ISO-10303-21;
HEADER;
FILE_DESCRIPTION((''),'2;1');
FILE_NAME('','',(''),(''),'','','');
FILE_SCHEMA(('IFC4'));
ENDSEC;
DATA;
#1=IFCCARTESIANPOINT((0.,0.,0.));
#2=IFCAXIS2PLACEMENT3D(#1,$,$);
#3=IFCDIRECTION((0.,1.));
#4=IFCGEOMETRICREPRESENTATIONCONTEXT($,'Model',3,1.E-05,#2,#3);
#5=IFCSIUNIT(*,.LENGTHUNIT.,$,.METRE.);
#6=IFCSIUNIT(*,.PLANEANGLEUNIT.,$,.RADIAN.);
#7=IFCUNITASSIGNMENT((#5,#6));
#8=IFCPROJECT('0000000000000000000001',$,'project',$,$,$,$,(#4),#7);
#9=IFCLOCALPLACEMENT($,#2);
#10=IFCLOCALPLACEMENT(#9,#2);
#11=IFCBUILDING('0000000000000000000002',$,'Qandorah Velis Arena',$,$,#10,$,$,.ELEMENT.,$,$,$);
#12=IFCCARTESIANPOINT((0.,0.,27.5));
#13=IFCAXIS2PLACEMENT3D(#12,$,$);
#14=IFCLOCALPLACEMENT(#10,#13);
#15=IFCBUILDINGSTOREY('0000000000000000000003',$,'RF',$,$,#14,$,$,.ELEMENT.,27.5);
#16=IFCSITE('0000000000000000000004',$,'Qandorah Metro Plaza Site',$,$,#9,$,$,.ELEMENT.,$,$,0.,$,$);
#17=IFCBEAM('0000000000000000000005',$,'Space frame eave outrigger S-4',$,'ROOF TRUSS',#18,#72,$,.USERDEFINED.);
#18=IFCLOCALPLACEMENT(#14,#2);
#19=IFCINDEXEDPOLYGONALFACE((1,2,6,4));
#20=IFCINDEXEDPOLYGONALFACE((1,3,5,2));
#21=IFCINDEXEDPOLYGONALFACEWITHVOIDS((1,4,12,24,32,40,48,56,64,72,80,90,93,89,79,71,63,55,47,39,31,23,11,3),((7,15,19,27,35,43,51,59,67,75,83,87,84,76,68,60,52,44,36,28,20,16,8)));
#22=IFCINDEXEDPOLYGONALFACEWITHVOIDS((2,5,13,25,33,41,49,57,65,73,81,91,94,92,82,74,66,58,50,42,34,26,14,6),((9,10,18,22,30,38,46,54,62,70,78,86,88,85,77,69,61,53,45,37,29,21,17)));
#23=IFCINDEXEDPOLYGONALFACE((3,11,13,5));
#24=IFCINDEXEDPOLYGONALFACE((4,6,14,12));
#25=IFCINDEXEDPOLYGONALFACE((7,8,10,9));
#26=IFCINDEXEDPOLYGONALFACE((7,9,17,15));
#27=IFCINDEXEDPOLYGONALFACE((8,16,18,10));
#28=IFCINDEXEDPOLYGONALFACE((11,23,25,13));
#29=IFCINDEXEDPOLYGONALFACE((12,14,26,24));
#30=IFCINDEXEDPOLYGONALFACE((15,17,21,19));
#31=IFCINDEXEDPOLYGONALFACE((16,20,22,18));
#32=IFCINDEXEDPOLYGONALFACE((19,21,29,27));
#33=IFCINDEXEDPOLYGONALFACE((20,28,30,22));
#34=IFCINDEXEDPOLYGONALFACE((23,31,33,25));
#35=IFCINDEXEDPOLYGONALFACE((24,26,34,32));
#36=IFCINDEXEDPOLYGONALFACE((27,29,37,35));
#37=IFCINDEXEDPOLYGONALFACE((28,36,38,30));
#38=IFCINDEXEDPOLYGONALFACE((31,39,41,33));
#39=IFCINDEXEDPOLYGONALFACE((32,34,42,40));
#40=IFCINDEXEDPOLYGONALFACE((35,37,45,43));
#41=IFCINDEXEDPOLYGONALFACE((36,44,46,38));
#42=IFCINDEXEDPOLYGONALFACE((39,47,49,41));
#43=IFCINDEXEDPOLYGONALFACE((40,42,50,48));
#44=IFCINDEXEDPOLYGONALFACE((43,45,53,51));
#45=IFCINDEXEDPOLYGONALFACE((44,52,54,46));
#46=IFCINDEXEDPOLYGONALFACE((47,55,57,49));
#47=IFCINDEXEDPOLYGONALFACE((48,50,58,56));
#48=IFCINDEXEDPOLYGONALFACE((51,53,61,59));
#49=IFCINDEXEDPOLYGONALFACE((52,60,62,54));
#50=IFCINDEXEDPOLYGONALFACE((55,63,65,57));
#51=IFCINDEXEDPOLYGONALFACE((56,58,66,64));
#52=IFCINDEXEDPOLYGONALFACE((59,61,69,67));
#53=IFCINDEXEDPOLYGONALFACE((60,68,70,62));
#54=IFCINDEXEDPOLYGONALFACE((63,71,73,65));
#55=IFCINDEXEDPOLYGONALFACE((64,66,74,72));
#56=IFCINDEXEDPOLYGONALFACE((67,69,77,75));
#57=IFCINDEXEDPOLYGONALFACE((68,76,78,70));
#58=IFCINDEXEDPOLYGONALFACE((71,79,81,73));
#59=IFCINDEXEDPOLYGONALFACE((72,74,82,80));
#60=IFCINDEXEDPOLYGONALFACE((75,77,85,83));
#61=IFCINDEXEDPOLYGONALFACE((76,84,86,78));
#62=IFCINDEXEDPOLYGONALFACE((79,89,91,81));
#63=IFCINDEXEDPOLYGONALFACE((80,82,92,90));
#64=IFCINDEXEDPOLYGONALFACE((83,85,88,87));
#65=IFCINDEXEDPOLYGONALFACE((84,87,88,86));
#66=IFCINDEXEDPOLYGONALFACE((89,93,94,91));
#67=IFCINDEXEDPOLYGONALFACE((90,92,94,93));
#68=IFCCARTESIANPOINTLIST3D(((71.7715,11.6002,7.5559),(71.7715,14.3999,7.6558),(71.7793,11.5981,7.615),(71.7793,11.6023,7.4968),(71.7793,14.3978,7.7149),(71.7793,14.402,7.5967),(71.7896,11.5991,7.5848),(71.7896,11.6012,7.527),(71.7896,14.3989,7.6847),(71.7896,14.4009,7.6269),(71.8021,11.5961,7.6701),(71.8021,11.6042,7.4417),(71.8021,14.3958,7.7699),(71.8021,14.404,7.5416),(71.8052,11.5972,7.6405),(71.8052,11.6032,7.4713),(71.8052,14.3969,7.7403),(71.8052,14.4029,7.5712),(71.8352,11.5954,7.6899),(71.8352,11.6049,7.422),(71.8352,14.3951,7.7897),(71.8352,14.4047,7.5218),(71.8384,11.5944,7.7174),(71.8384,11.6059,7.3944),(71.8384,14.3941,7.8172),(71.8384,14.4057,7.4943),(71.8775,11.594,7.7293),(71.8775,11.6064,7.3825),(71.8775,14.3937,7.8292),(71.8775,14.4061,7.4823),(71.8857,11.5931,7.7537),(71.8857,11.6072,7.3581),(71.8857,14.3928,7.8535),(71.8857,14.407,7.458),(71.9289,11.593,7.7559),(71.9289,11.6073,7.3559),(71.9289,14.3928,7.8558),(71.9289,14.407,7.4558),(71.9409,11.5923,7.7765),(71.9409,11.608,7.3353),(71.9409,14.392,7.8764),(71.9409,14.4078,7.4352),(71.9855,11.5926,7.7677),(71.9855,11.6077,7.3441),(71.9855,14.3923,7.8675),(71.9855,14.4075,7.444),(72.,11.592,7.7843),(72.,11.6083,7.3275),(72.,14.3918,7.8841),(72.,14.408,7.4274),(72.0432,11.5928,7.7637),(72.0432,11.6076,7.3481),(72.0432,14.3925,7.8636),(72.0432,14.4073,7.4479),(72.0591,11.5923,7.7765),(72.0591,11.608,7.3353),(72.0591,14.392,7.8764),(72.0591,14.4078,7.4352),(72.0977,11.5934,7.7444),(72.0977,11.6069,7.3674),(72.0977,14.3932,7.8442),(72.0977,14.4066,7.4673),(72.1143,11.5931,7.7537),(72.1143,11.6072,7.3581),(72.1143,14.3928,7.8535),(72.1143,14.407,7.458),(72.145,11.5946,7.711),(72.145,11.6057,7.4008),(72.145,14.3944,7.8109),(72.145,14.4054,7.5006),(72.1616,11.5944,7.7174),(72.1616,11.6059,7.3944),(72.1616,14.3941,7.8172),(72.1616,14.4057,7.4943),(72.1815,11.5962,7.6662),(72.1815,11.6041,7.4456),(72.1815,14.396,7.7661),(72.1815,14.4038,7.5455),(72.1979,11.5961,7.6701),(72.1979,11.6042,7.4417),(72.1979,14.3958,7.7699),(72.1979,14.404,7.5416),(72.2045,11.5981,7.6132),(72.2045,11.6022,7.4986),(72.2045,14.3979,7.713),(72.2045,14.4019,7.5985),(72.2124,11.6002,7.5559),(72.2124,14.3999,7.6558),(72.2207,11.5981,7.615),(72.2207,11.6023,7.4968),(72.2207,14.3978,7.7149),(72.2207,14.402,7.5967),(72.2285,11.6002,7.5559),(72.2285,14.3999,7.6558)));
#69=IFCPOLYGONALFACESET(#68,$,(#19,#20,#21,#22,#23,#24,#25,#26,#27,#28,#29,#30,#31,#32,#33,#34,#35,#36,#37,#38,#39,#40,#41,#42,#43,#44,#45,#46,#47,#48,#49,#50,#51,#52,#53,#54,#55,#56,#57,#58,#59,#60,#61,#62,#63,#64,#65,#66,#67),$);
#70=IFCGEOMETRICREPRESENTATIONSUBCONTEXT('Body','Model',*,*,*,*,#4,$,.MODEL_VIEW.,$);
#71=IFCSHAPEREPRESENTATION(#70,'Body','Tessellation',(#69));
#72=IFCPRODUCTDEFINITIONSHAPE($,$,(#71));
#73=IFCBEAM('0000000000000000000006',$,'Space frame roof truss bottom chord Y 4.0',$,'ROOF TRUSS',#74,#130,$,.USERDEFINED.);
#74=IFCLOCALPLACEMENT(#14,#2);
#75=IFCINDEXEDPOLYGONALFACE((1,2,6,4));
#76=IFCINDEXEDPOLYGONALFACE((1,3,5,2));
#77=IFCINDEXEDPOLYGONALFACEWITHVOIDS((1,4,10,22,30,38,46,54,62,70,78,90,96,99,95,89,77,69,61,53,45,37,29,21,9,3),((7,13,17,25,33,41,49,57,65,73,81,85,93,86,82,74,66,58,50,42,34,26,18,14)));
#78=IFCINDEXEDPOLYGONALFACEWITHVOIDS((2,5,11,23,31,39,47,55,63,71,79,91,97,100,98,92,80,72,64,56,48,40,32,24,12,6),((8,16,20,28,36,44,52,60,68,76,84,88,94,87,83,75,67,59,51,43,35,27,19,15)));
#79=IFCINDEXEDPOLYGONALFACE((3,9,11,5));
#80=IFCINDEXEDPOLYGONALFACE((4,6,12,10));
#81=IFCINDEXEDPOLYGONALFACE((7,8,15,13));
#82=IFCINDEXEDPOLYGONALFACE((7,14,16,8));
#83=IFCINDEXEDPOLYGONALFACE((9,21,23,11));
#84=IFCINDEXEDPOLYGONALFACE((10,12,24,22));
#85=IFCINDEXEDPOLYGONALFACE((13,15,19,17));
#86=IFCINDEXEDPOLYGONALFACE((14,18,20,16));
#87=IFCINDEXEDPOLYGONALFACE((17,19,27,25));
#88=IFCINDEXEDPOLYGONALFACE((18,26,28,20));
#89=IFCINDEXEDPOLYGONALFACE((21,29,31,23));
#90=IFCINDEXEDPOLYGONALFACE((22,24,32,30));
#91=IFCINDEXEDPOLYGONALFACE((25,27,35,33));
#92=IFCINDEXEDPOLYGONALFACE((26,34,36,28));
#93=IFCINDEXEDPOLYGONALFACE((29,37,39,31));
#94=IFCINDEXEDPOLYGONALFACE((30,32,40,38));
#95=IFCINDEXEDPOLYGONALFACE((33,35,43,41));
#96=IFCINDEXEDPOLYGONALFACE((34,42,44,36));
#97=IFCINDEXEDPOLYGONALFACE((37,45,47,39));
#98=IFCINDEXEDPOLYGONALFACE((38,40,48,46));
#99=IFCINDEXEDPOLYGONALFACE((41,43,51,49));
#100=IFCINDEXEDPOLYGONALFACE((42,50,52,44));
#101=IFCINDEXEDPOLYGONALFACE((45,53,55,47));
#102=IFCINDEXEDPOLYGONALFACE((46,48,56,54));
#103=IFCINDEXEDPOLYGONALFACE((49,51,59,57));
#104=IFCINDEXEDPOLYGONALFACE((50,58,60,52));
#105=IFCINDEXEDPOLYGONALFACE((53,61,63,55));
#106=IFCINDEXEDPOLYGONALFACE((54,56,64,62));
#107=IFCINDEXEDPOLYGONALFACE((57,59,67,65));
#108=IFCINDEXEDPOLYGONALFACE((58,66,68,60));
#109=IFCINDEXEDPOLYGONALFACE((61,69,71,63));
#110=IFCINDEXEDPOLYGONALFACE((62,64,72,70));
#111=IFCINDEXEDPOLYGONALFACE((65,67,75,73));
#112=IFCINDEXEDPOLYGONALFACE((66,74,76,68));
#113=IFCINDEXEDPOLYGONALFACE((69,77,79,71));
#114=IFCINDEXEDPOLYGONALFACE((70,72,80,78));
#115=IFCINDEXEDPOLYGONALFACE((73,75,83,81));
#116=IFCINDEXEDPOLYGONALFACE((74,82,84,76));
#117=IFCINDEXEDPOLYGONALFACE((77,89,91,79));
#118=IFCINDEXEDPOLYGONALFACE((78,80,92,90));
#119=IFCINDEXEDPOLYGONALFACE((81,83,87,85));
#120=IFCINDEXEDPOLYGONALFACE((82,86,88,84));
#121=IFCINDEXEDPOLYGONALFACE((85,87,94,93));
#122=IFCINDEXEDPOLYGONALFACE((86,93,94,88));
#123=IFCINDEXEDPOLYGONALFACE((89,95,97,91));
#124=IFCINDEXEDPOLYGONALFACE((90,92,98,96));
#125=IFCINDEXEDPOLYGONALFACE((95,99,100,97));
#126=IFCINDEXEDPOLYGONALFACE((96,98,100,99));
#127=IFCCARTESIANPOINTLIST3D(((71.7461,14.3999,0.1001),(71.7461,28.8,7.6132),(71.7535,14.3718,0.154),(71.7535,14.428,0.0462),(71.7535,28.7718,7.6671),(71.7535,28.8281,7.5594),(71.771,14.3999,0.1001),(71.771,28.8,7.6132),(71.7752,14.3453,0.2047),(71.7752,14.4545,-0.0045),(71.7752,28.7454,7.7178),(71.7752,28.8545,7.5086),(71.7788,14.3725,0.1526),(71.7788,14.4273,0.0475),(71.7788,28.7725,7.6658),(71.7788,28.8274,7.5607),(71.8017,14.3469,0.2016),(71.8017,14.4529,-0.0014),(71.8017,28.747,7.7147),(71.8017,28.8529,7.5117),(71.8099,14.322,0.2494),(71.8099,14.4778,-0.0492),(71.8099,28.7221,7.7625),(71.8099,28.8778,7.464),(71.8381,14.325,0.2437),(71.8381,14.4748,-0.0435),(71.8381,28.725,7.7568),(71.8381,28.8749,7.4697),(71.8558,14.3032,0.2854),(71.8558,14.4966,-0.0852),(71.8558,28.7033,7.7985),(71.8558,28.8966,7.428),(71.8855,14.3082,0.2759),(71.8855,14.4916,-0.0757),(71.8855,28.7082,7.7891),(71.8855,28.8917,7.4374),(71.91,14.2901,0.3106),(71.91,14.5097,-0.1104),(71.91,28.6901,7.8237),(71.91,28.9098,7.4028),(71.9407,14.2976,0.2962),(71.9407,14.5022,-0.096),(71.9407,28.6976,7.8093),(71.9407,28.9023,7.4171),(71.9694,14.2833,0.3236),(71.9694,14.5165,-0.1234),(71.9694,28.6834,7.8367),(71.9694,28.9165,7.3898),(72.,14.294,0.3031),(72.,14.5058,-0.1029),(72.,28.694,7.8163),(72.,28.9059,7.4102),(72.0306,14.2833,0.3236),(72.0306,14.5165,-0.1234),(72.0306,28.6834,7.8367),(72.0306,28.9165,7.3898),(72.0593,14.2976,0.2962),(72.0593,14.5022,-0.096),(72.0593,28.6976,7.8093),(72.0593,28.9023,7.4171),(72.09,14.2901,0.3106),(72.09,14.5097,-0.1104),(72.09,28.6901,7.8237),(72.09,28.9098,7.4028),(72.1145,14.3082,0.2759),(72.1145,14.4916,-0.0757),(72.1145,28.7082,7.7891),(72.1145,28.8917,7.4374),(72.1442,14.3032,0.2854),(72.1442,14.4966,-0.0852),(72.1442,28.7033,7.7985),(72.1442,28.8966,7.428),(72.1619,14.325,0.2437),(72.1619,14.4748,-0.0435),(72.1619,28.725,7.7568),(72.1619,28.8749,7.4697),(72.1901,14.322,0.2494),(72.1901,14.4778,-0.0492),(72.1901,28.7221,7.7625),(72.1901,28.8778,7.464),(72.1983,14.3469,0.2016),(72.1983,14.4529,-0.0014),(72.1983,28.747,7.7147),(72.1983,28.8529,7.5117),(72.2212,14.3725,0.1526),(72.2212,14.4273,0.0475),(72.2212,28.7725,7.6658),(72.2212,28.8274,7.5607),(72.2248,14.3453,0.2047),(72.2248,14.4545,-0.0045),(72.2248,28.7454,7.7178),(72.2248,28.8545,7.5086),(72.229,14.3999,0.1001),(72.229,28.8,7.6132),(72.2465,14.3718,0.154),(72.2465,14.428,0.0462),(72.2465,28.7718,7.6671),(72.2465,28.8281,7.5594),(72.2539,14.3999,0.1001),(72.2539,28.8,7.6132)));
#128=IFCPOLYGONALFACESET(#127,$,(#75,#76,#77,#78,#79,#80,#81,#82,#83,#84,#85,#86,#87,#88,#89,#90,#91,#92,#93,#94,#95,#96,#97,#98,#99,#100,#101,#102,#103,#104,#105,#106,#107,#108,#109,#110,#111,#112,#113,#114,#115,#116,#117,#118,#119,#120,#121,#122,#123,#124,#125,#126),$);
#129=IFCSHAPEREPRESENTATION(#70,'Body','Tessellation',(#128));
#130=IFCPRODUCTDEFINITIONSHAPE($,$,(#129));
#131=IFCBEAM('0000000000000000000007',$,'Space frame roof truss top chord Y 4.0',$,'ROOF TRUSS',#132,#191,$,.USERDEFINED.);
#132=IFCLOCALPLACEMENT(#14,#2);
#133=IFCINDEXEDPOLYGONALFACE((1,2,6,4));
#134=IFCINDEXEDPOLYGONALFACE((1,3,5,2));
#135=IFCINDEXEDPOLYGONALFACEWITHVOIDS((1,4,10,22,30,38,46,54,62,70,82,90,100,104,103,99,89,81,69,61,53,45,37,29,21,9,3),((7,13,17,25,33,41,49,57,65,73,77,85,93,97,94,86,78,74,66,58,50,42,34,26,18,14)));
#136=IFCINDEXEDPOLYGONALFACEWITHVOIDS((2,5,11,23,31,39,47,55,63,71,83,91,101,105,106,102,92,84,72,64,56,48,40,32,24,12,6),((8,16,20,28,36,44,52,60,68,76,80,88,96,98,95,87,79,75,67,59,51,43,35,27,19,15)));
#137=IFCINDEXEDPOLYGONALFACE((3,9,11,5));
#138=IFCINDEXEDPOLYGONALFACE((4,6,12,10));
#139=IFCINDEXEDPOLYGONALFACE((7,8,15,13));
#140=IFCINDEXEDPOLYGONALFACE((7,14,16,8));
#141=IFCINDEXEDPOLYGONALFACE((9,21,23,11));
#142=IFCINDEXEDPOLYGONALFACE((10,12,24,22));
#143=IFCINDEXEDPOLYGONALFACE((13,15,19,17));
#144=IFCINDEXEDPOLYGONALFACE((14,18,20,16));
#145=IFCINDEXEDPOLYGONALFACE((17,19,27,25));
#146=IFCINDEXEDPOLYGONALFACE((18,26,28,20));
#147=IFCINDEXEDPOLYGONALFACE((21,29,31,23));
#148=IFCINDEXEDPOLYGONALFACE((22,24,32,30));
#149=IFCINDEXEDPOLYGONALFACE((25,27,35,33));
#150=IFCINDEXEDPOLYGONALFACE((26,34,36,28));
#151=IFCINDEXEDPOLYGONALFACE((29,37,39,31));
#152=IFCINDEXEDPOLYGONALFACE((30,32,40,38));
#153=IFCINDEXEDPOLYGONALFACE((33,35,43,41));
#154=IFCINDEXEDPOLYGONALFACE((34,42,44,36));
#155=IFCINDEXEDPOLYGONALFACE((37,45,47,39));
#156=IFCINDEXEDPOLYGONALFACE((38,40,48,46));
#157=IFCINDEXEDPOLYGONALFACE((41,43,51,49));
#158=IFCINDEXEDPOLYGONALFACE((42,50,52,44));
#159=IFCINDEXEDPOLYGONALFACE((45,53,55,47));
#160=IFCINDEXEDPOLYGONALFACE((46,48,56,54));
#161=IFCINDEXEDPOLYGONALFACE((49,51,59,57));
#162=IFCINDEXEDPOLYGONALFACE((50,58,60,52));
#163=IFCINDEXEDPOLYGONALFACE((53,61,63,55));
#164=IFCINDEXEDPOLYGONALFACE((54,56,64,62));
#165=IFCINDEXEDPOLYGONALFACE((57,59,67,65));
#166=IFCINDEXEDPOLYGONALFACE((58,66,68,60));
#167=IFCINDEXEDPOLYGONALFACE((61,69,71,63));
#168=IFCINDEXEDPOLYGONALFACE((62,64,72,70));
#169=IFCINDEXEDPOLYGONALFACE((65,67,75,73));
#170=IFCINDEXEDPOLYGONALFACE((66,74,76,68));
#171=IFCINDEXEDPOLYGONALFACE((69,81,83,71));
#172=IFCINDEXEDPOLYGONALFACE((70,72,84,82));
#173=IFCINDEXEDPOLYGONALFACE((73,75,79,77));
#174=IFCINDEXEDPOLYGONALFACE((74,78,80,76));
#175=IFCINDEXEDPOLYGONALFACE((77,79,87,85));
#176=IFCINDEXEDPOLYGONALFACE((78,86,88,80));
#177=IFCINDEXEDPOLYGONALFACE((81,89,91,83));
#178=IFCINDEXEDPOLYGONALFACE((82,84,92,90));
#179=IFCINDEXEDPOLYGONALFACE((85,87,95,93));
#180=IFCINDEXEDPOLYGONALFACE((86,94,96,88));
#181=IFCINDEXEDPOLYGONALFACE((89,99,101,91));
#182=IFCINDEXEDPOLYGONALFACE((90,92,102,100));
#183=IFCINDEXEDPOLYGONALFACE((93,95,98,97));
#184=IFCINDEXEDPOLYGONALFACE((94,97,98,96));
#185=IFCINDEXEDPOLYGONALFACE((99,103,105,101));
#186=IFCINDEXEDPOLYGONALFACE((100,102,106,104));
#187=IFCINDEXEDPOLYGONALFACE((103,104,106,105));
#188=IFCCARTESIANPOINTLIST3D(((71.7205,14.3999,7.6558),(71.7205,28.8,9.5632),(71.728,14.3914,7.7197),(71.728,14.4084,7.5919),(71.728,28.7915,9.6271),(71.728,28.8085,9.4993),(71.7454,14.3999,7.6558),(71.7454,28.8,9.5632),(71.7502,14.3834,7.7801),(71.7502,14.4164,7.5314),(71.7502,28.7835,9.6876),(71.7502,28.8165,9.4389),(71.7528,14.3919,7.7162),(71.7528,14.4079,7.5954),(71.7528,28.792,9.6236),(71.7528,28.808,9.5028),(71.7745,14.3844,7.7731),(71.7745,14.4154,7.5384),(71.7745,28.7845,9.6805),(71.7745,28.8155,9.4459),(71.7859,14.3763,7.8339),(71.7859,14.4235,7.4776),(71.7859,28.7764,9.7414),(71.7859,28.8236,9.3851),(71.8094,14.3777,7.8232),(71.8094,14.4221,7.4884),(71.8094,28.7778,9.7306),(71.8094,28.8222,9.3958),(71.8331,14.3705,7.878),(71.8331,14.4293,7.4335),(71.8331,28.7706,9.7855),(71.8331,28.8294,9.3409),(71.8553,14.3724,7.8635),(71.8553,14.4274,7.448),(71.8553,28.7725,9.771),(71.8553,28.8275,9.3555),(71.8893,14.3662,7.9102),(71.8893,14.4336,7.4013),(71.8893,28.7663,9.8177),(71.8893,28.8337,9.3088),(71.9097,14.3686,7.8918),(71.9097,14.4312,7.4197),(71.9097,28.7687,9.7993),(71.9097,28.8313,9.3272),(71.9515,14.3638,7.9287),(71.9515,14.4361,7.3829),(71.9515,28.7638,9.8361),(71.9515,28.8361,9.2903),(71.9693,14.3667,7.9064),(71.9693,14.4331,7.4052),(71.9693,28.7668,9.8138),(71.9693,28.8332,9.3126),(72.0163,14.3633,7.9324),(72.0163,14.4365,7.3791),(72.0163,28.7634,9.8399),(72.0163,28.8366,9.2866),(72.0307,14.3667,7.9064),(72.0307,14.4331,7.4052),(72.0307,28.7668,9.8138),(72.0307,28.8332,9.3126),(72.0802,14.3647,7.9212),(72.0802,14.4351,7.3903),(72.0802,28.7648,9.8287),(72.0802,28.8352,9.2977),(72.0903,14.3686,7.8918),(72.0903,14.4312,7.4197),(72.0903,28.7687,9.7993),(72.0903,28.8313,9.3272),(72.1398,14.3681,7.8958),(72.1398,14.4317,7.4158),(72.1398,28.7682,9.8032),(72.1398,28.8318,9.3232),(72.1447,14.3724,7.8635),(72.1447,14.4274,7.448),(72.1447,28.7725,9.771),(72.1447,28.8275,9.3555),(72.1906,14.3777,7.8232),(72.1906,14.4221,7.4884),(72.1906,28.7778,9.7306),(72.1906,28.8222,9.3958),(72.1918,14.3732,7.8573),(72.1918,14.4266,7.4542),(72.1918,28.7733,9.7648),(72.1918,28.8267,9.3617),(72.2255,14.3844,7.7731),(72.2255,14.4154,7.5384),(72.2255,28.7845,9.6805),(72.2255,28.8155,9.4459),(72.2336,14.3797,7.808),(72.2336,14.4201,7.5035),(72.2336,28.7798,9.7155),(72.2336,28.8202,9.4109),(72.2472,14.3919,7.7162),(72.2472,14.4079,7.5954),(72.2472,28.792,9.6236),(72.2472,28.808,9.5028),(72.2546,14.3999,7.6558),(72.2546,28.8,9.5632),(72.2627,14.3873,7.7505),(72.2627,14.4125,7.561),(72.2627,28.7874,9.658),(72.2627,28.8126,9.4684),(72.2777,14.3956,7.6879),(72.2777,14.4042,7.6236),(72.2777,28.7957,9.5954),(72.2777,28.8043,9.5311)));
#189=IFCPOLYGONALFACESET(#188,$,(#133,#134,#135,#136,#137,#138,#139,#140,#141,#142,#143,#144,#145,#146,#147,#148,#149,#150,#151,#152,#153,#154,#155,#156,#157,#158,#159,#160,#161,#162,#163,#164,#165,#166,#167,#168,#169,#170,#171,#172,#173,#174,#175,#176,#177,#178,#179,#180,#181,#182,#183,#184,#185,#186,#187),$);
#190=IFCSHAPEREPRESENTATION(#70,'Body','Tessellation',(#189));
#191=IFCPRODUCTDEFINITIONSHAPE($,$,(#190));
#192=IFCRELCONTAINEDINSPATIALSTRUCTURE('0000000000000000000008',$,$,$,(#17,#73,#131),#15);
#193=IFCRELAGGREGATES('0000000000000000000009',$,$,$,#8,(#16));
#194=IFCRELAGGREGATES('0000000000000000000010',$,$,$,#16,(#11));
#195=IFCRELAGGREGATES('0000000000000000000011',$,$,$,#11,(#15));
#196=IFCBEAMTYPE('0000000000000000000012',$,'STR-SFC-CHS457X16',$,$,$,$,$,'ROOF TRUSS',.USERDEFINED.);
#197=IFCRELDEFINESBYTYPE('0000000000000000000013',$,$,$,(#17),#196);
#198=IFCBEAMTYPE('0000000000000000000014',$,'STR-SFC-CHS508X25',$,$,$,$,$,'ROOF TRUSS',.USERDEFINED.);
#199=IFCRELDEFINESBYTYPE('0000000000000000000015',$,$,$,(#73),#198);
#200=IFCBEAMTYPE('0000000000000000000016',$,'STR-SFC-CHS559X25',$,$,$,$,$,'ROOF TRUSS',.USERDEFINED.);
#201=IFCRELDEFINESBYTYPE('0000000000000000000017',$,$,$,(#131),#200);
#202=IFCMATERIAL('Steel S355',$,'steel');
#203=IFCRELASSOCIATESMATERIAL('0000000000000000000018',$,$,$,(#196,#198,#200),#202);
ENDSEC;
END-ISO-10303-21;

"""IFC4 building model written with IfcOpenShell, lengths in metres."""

from ifc_helpers import new_model, si_unit, direction, frame, origin, origin_2d, place, context, subcontext, project, spatial, hollow_circle, extrude, material, material_profile, profile_set, type_object, element, save


model = new_model("IFC4")

# Units and contexts
model_context = context("Model", 3, precision=1e-05, world=origin(), true_north=direction((0.0, 1.0)))
body_context = subcontext(model_context, "Body", "Model", "MODEL_VIEW")
ifc_project = project(units=[si_unit("LENGTHUNIT", "METRE"), si_unit("PLANEANGLEUNIT", "RADIAN")], contexts=[model_context])

# Site, building, storey
site_placement = place(None, origin())
site = spatial("IfcSite", under=ifc_project, at=site_placement, Name="Qandorah Metro Plaza Site", CompositionType="ELEMENT", RefElevation=0.0)
building_placement = place(site_placement, origin())
building = spatial("IfcBuilding", under=site, at=building_placement, Name="Qandorah Velis Arena", CompositionType="ELEMENT")
storey_placement = place(building_placement, frame((0.0, 0.0, 27.5)))
storey = spatial("IfcBuildingStorey", under=building, at=storey_placement, Name="RF", CompositionType="ELEMENT", Elevation=27.5)

# Beams
ifc_material_1 = material(Name="Steel S355", Category="steel")
ifc_material_profile_1 = material_profile(ifc_material_1, hollow_circle(Radius=0.2285, WallThickness=0.0161, at=origin_2d()), Name="CHS 457x16")
ifc_profile_set_1 = profile_set([ifc_material_profile_1], Name="Steel S355")
beam_type_1 = type_object("IfcBeamType", Name="STR-SFC-CHS457X16", ElementType="ROOF TRUSS", PredefinedType="USERDEFINED", material=ifc_profile_set_1)
beam_1_placement = place(storey_placement, frame((72.0, 14.3999, 7.6558), z_axis=(0.0, -0.999365, -0.035642), x_axis=(1.0, 0.0, 0.0)))
element("IfcBeam", 1, at=beam_1_placement, inside=storey, type_object=beam_type_1, Name="Space frame eave outrigger S-4", ObjectType="ROOF TRUSS", PredefinedType="USERDEFINED", context=body_context, shape_type="SweptSolid", body=[
    extrude(hollow_circle(Radius=0.2285, WallThickness=0.0161, at=origin_2d()), origin(), (0.0, 0.0, 1.0), 2.8015),
])
ifc_material_profile_2 = material_profile(ifc_material_1, hollow_circle(Radius=0.2539, WallThickness=0.0249, at=origin_2d()), Name="CHS 508x25")
ifc_profile_set_2 = profile_set([ifc_material_profile_2], Name="Steel S355")
beam_type_2 = type_object("IfcBeamType", Name="STR-SFC-CHS508X25", ElementType="ROOF TRUSS", PredefinedType="USERDEFINED", material=ifc_profile_set_2)
beam_2_placement = place(storey_placement, frame((72.0, 14.3999, 0.1001), z_axis=(0.0, 0.886583, 0.462569), x_axis=(-1.0, 0.0, 0.0)))
element("IfcBeam", 2, at=beam_2_placement, inside=storey, type_object=beam_type_2, Name="Space frame roof truss bottom chord Y 4.0", ObjectType="ROOF TRUSS", PredefinedType="USERDEFINED", context=body_context, shape_type="SweptSolid", body=[
    extrude(hollow_circle(Radius=0.2539, WallThickness=0.0249, at=origin_2d()), origin(), (0.0, 0.0, 1.0), 16.2422),
])
ifc_material_profile_3 = material_profile(ifc_material_1, hollow_circle(Radius=0.2795, WallThickness=0.0249, at=origin_2d()), Name="CHS 559x25")
ifc_profile_set_3 = profile_set([ifc_material_profile_3], Name="Steel S355")
beam_type_3 = type_object("IfcBeamType", Name="STR-SFC-CHS559X25", ElementType="ROOF TRUSS", PredefinedType="USERDEFINED", material=ifc_profile_set_3)
beam_3_placement = place(storey_placement, frame((72.0, 14.3999, 7.6558), z_axis=(0.0, 0.991341, 0.131315), x_axis=(-1.0, 0.0, 0.0)))
element("IfcBeam", 3, at=beam_3_placement, inside=storey, type_object=beam_type_3, Name="Space frame roof truss top chord Y 4.0", ObjectType="ROOF TRUSS", PredefinedType="USERDEFINED", context=body_context, shape_type="SweptSolid", body=[
    extrude(hollow_circle(Radius=0.2795, WallThickness=0.0249, at=origin_2d()), origin(), (0.0, 0.0, 1.0), 14.5259),
])

save(model, "model.ifc")
